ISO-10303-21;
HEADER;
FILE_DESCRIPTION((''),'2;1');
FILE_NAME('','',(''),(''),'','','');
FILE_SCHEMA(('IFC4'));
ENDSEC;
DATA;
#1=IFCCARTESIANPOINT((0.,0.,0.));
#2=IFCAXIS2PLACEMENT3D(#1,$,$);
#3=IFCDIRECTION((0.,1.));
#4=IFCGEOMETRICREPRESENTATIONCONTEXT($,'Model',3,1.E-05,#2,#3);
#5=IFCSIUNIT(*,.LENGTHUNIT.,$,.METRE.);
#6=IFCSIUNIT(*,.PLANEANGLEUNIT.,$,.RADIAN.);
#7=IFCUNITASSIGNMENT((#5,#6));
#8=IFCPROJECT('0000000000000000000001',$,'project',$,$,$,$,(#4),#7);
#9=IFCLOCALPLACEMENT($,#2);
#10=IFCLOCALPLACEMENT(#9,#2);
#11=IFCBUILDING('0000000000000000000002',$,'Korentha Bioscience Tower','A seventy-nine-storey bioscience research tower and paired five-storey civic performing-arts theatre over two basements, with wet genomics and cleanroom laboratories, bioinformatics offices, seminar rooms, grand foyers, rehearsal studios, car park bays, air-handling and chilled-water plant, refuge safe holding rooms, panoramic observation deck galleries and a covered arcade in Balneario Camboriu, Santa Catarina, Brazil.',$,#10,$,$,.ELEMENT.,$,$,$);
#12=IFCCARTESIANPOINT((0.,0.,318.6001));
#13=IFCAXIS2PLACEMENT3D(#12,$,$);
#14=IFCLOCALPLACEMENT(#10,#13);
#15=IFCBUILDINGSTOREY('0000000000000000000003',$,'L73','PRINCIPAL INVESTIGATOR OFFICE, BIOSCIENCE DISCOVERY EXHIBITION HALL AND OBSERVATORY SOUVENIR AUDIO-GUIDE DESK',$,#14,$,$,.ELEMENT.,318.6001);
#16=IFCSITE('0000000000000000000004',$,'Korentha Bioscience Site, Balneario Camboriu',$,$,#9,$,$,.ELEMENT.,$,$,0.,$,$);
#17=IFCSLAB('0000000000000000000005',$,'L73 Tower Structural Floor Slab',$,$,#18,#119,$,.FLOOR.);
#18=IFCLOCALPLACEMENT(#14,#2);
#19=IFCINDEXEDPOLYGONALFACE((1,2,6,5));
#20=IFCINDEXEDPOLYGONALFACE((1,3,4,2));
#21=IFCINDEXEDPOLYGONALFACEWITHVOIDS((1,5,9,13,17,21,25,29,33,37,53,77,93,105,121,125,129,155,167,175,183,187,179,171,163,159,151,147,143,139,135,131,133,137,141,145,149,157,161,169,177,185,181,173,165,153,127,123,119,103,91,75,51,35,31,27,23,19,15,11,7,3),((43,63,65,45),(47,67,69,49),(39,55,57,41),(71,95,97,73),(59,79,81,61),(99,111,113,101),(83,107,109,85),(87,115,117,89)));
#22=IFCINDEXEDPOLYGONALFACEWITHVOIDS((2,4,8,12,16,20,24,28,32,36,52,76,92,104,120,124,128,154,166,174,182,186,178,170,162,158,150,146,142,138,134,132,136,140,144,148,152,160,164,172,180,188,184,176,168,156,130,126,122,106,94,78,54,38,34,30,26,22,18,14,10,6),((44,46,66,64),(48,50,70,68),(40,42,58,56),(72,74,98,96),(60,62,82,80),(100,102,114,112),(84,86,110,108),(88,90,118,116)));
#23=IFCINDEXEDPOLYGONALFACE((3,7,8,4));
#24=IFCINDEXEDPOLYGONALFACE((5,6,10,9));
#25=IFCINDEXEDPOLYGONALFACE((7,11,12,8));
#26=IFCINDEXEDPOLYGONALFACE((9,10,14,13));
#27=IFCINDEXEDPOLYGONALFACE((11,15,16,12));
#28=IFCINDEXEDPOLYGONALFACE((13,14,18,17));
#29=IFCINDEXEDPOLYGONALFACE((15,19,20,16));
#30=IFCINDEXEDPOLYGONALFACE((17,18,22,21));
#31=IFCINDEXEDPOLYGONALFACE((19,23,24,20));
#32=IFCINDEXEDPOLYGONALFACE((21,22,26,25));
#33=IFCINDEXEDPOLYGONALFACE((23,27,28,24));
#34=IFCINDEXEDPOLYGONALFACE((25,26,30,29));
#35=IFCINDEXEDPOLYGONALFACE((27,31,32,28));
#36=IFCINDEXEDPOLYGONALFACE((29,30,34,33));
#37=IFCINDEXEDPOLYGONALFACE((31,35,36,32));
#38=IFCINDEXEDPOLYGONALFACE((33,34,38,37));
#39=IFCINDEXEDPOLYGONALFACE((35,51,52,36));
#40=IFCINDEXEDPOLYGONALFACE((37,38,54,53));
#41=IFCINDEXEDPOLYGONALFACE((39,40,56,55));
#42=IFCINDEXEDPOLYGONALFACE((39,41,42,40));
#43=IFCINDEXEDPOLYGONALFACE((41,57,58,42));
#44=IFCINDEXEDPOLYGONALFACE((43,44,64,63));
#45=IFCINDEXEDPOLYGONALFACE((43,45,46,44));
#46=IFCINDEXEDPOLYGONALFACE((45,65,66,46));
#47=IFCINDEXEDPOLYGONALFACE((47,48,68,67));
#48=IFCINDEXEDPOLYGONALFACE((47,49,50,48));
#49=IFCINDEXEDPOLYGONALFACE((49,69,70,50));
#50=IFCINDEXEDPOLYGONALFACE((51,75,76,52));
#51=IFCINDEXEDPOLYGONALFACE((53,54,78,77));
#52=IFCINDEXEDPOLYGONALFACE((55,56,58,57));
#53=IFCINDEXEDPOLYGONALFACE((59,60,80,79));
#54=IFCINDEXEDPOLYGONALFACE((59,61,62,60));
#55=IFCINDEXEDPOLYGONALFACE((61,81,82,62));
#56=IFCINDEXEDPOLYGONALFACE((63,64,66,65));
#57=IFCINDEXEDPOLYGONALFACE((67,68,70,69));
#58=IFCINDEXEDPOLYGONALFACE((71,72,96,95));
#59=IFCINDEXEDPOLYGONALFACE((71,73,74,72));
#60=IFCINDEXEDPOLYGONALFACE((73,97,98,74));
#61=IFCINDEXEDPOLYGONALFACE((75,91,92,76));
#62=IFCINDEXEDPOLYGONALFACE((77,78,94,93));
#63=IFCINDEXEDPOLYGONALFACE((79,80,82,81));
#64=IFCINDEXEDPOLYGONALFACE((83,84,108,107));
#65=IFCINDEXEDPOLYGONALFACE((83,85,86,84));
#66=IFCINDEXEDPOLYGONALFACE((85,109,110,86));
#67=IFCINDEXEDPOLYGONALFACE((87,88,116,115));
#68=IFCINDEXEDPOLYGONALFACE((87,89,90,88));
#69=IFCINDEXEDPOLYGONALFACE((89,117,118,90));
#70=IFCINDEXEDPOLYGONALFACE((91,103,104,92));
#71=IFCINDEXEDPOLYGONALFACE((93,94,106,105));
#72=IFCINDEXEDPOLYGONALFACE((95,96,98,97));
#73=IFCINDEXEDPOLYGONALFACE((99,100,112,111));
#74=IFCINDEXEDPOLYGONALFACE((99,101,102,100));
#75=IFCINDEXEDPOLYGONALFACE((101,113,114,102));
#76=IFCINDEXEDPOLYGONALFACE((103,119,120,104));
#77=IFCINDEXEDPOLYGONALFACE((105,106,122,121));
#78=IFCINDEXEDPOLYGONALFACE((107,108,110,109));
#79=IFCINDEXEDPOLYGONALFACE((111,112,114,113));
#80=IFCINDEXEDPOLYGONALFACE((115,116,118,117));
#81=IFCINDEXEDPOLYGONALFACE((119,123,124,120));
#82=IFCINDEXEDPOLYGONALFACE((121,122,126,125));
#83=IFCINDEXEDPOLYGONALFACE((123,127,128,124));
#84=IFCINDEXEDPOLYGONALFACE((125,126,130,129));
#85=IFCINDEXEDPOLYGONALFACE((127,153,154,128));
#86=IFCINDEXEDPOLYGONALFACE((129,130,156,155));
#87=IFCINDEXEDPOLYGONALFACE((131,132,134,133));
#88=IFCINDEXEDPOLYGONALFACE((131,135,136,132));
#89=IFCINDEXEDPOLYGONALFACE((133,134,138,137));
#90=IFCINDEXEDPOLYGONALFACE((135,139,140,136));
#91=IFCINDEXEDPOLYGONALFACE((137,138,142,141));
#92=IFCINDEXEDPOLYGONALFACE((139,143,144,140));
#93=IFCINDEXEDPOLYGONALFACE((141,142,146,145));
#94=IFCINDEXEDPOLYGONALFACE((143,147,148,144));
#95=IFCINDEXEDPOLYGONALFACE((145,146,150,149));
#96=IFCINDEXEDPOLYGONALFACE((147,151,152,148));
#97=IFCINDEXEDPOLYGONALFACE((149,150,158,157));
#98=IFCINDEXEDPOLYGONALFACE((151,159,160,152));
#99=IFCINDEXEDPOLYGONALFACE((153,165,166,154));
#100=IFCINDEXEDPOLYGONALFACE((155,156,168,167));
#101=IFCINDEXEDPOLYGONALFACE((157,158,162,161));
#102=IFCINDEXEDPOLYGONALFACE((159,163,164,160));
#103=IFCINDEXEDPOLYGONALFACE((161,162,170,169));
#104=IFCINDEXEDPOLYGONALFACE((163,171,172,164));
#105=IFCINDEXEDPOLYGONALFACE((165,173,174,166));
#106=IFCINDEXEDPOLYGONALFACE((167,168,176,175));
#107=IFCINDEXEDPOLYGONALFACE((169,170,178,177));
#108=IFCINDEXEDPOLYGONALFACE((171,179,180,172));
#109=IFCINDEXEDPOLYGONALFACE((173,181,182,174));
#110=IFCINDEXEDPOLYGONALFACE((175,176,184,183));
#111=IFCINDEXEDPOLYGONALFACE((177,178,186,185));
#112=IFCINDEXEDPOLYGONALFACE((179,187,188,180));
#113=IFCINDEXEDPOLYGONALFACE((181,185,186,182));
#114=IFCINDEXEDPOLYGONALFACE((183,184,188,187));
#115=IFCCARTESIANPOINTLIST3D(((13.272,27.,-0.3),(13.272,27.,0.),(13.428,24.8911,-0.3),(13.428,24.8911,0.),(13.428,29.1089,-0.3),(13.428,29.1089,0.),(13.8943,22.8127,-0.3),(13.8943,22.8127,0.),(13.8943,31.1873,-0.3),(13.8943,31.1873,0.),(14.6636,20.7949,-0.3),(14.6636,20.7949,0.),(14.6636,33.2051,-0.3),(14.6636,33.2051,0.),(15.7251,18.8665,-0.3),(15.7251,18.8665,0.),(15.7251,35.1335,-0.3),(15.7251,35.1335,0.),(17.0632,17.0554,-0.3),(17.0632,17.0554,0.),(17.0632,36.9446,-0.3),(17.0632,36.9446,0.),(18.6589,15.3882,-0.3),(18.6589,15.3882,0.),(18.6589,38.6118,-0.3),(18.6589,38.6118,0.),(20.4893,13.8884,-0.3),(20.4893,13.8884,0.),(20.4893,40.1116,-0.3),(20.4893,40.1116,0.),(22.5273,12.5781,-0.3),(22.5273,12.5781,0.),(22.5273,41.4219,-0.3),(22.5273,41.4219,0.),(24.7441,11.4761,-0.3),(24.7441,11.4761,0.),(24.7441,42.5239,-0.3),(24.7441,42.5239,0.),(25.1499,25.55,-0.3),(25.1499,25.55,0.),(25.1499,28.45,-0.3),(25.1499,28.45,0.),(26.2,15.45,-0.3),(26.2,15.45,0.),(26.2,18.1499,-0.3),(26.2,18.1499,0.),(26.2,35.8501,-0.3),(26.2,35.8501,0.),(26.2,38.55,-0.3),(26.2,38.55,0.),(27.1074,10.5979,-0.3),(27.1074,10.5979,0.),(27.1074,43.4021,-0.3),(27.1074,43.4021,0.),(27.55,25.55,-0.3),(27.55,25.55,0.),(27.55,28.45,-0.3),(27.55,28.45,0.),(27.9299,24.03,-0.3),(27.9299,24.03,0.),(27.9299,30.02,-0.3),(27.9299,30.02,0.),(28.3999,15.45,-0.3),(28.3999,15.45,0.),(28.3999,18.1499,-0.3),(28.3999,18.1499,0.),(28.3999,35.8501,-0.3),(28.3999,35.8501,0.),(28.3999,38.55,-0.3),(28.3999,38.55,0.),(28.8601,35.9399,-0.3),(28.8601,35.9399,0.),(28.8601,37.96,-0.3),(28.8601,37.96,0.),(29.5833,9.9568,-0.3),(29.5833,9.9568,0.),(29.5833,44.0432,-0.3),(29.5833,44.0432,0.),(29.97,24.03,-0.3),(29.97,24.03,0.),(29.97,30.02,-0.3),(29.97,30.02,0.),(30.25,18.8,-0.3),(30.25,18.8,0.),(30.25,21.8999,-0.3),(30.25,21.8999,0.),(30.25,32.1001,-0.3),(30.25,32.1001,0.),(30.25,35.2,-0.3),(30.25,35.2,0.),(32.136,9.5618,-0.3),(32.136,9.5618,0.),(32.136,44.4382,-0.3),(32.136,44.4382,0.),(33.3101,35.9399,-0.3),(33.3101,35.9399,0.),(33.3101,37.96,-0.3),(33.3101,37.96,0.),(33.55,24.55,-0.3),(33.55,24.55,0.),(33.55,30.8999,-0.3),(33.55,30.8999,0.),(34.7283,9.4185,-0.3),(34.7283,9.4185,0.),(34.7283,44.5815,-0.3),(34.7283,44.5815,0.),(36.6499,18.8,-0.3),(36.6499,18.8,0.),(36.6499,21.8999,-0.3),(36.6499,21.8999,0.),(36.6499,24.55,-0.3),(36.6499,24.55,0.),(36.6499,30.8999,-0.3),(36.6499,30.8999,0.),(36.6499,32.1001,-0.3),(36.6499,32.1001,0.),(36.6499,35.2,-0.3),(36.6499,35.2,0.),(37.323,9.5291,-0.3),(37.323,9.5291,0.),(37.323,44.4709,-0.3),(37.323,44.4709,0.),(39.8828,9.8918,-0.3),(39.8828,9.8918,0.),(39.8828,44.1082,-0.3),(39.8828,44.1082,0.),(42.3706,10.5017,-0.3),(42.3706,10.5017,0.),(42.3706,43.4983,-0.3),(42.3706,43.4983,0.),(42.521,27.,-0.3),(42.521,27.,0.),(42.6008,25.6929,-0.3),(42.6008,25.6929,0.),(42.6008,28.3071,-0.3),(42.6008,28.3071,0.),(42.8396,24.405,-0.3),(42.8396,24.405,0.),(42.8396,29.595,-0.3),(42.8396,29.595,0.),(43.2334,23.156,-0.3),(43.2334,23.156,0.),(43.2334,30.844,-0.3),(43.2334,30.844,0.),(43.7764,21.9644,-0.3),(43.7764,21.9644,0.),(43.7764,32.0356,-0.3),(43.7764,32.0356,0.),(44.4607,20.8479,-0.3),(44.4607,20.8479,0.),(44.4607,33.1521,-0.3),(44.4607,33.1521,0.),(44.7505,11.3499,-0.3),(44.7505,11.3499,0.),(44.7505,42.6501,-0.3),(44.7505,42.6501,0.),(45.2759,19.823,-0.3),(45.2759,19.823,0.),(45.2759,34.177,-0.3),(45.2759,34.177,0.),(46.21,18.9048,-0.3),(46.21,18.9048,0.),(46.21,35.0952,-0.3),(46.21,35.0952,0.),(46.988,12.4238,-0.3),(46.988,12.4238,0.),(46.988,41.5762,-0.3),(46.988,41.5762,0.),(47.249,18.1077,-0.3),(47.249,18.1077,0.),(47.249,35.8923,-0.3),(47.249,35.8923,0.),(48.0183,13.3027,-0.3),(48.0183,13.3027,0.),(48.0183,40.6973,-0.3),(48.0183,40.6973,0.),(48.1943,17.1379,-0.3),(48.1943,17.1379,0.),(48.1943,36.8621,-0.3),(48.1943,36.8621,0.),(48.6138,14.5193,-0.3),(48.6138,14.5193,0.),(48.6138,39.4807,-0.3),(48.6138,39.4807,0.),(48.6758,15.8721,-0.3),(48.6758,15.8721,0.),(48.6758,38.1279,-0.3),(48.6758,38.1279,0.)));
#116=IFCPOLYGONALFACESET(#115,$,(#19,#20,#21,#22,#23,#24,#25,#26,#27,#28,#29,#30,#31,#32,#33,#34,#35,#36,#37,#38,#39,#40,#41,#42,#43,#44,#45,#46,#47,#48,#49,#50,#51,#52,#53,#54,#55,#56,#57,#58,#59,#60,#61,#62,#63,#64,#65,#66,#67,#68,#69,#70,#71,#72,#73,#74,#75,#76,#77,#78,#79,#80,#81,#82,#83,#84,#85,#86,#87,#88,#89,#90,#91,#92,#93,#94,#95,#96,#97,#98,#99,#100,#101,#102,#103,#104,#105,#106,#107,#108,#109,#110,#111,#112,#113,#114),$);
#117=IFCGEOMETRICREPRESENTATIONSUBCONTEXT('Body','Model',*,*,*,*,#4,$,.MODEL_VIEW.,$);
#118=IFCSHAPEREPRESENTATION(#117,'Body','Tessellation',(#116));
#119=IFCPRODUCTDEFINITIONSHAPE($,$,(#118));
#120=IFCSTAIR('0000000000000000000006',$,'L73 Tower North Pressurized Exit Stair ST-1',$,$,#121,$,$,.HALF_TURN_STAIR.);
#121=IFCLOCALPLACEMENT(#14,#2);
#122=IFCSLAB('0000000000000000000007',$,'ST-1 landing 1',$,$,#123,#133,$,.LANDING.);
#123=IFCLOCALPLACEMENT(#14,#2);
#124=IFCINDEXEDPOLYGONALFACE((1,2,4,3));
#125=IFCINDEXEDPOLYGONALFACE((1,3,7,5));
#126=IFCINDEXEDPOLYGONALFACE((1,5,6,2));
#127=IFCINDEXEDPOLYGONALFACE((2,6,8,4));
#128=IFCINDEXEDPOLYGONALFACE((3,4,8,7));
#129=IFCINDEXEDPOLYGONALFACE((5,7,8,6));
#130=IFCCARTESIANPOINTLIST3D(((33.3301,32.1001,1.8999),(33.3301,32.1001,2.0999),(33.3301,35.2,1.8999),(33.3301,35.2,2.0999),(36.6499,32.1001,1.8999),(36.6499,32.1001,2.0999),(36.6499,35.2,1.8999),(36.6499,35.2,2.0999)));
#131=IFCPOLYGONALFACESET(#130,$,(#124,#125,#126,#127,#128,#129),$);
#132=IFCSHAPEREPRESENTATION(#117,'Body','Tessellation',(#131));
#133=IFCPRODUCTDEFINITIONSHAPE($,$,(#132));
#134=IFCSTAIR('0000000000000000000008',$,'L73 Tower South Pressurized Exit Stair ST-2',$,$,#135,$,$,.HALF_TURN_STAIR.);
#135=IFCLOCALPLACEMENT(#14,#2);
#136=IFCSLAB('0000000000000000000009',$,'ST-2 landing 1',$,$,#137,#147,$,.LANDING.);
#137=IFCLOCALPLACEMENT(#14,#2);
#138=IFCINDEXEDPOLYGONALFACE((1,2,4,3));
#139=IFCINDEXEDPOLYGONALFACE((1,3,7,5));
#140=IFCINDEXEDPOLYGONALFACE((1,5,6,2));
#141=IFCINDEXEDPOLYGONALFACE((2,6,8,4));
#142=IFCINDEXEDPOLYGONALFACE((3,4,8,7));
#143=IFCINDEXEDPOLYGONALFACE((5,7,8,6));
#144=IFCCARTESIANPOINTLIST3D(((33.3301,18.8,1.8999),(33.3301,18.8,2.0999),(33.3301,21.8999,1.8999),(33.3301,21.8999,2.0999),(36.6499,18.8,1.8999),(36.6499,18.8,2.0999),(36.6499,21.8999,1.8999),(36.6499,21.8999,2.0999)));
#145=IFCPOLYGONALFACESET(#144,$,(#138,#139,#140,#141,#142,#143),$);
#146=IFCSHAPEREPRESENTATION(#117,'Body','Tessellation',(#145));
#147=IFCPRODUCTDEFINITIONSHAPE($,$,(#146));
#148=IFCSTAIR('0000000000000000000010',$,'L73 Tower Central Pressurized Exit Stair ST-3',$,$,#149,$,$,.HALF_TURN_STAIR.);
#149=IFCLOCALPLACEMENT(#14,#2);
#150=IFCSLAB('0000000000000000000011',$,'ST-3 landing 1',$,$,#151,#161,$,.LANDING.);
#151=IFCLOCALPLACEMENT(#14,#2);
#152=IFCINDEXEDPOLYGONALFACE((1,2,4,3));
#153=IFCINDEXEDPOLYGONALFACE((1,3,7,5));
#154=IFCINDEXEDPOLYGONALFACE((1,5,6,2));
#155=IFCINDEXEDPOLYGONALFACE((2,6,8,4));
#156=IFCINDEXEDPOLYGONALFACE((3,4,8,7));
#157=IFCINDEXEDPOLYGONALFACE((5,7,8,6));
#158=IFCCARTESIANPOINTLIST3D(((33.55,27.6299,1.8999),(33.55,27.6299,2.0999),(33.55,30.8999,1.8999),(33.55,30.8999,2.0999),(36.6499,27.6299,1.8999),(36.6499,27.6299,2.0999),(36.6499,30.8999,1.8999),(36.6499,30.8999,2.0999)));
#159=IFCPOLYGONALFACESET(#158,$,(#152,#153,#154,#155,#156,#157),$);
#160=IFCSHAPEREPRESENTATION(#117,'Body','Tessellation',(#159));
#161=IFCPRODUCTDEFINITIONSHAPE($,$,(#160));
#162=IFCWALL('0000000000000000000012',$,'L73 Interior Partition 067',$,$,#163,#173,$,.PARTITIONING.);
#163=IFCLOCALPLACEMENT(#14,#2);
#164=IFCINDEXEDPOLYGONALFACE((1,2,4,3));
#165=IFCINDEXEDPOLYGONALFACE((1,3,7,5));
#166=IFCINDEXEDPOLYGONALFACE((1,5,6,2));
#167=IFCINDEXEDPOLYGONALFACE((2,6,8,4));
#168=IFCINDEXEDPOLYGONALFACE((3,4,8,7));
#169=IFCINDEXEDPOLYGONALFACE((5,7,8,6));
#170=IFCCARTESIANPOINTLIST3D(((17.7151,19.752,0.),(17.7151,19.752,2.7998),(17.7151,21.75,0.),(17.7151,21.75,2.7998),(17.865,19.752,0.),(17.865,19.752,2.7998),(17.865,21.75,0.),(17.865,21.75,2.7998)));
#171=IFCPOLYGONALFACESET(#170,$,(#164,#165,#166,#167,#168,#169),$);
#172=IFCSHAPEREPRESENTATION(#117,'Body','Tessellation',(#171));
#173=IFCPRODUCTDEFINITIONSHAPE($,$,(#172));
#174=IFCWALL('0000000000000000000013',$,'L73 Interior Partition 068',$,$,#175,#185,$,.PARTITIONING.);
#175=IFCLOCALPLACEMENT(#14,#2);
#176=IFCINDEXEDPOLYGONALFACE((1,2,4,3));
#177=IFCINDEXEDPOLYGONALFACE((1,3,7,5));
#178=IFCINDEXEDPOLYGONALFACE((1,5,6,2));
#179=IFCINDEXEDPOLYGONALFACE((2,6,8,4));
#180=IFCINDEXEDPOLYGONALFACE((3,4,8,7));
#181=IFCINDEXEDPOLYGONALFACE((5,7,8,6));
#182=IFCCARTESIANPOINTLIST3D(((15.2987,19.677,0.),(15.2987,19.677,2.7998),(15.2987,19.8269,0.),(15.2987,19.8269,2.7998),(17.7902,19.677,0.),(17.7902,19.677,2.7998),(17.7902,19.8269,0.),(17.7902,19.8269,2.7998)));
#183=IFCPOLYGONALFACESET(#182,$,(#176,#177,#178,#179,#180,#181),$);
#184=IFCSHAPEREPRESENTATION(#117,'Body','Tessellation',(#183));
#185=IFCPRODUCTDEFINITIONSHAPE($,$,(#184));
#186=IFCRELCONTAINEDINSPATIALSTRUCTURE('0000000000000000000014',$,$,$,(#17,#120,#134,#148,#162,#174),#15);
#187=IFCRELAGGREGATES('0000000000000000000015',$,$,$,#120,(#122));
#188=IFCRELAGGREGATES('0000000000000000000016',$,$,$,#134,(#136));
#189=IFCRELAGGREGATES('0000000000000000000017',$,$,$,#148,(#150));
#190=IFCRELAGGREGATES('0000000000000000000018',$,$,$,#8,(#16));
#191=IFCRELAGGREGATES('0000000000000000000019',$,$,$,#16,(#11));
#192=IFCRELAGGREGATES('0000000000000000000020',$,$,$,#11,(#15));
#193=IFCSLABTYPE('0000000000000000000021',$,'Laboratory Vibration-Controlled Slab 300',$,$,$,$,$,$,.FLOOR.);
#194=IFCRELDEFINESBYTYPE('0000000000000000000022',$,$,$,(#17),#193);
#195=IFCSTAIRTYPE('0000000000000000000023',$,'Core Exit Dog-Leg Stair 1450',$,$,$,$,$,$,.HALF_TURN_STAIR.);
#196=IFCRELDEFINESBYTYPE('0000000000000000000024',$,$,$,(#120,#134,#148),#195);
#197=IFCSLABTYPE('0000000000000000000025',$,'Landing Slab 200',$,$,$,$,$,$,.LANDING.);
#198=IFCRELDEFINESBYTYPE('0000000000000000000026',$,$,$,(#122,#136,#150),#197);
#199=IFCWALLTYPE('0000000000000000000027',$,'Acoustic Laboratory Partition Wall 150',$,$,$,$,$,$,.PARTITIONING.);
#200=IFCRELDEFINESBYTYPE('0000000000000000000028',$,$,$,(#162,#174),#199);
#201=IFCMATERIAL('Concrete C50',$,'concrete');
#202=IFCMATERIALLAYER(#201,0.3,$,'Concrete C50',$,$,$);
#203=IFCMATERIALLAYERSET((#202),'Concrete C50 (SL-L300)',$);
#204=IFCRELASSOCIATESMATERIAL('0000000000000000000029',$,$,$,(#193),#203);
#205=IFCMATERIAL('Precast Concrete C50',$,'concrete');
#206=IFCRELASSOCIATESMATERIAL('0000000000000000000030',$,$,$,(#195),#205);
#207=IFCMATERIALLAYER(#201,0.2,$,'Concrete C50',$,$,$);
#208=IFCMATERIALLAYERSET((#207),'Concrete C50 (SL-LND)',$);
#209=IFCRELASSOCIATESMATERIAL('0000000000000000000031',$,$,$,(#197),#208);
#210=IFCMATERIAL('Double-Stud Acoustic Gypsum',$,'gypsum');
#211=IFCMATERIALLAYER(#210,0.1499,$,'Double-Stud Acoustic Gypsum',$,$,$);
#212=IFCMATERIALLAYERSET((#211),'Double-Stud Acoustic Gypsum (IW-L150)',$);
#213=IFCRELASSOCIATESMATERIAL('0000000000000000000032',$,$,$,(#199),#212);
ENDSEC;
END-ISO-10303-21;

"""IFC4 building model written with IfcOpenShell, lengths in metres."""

from ifc_helpers import new_model, si_unit, direction, frame, frame_2d, origin, place, context, subcontext, project, spatial, polyline, rectangle, outline, extrude, material, layer, layer_set, type_object, element, aggregate, save


model = new_model("IFC4")

# Units and contexts
model_context = context("Model", 3, precision=1e-05, world=origin(), true_north=direction((0.0, 1.0)))
body_context = subcontext(model_context, "Body", "Model", "MODEL_VIEW")
ifc_project = project(units=[si_unit("LENGTHUNIT", "METRE"), si_unit("PLANEANGLEUNIT", "RADIAN")], contexts=[model_context])

# Site, building, storey
site_placement = place(None, origin())
site = spatial("IfcSite", under=ifc_project, at=site_placement, Name="Korentha Bioscience Site, Balneario Camboriu", CompositionType="ELEMENT", RefElevation=0.0)
building_placement = place(site_placement, origin())
building = spatial("IfcBuilding", under=site, at=building_placement, Name="Korentha Bioscience Tower", Description="A seventy-nine-storey bioscience research tower and paired five-storey civic performing-arts theatre over two basements, with wet genomics and cleanroom laboratories, bioinformatics offices, seminar rooms, grand foyers, rehearsal studios, car park bays, air-handling and chilled-water plant, refuge safe holding rooms, panoramic observation deck galleries and a covered arcade in Balneario Camboriu, Santa Catarina, Brazil.", CompositionType="ELEMENT")
storey_placement = place(building_placement, frame((0.0, 0.0, 318.6001)))
storey = spatial("IfcBuildingStorey", under=building, at=storey_placement, Name="L73", Description="PRINCIPAL INVESTIGATOR OFFICE, BIOSCIENCE DISCOVERY EXHIBITION HALL AND OBSERVATORY SOUVENIR AUDIO-GUIDE DESK", CompositionType="ELEMENT", Elevation=318.6001)

# Shared definitions
ifc_material_1 = material(Name="Concrete C50", Category="concrete")

# Slab
ifc_layer_1 = layer(ifc_material_1, 0.3, Name="Concrete C50")
ifc_layer_set_1 = layer_set([ifc_layer_1], Name="Concrete C50 (SL-L300)")
slab_type_1 = type_object("IfcSlabType", Name="Laboratory Vibration-Controlled Slab 300", PredefinedType="FLOOR", material=ifc_layer_set_1)
slab_1_placement = place(storey_placement, frame((0.0, 0.0, -0.3)))
element("IfcSlab", 1, at=slab_1_placement, inside=storey, type_object=slab_type_1, Name="L73 Tower Structural Floor Slab", PredefinedType="FLOOR", context=body_context, shape_type="SweptSolid", body=[
    extrude(outline(polyline([(46.988, 41.5762), (44.7505, 42.6501), (42.3706, 43.4983), (39.8828, 44.1082), (37.323, 44.4709), (34.7283, 44.5815), (32.136, 44.4382), (29.5833, 44.0432), (27.1074, 43.4021), (24.7441, 42.5239), (22.5273, 41.4219), (20.4893, 40.1116), (18.6589, 38.6118), (17.0632, 36.9446), (15.7251, 35.1335), (14.6636, 33.2051), (13.8943, 31.1873), (13.428, 29.1089), (13.272, 27.0), (13.428, 24.8911), (13.8943, 22.8127), (14.6636, 20.7949), (15.7251, 18.8665), (17.0632, 17.0554), (18.6589, 15.3882), (20.4893, 13.8884), (22.5273, 12.5781), (24.7441, 11.4761), (27.1074, 10.5979), (29.5833, 9.9568), (32.136, 9.5618), (34.7283, 9.4185), (37.323, 9.5291), (39.8828, 9.8918), (42.3706, 10.5017), (44.7505, 11.3499), (46.988, 12.4238), (48.0183, 13.3027), (48.6138, 14.5193), (48.6758, 15.8721), (48.1943, 17.1379), (47.249, 18.1077), (46.21, 18.9048), (45.2759, 19.823), (44.4607, 20.8479), (43.7764, 21.9644), (43.2334, 23.156), (42.8396, 24.405), (42.6008, 25.6929), (42.521, 27.0), (42.6008, 28.3071), (42.8396, 29.595), (43.2334, 30.844), (43.7764, 32.0356), (44.4607, 33.1521), (45.2759, 34.177), (46.21, 35.0952), (47.249, 35.8923), (48.1943, 36.8621), (48.6758, 38.1279), (48.6138, 39.4807), (48.0183, 40.6973), (46.988, 41.5762)]), holes=[polyline([(30.25, 32.1001), (36.6499, 32.1001), (36.6499, 35.2), (30.25, 35.2), (30.25, 32.1001)]), polyline([(30.25, 18.8), (36.6499, 18.8), (36.6499, 21.8999), (30.25, 21.8999), (30.25, 18.8)]), polyline([(36.6499, 24.55), (36.6499, 30.8999), (33.55, 30.8999), (33.55, 24.55), (36.6499, 24.55)]), polyline([(27.9299, 24.03), (29.97, 24.03), (29.97, 30.02), (27.9299, 30.02), (27.9299, 24.03)]), polyline([(28.8601, 35.9399), (33.3101, 35.9399), (33.3101, 37.96), (28.8601, 37.96), (28.8601, 35.9399)]), polyline([(26.2, 15.45), (28.3999, 15.45), (28.3999, 18.1499), (26.2, 18.1499), (26.2, 15.45)]), polyline([(26.2, 35.8501), (28.3999, 35.8501), (28.3999, 38.55), (26.2, 38.55), (26.2, 35.8501)]), polyline([(25.1499, 25.55), (27.55, 25.55), (27.55, 28.45), (25.1499, 28.45), (25.1499, 25.55)])]), origin(), (0.0, 0.0, 1.0), 0.3),
])

# Stairs, slabs
ifc_material_2 = material(Name="Precast Concrete C50", Category="concrete")
stair_type = type_object("IfcStairType", Name="Core Exit Dog-Leg Stair 1450", PredefinedType="HALF_TURN_STAIR", material=ifc_material_2)
stair_1_placement = place(storey_placement, origin())
stair_1 = element("IfcStair", 2, at=stair_1_placement, inside=storey, type_object=stair_type, Name="L73 Tower North Pressurized Exit Stair ST-1", PredefinedType="HALF_TURN_STAIR")
ifc_layer_2 = layer(ifc_material_1, 0.2, Name="Concrete C50")
ifc_layer_set_2 = layer_set([ifc_layer_2], Name="Concrete C50 (SL-LND)")
slab_type_2 = type_object("IfcSlabType", Name="Landing Slab 200", PredefinedType="LANDING", material=ifc_layer_set_2)
slab_2_placement = place(storey_placement, frame((0.0, 0.0, 1.8999)))
slab_2 = element("IfcSlab", 3, at=slab_2_placement, type_object=slab_type_2, Name="ST-1 landing 1", PredefinedType="LANDING", context=body_context, shape_type="SweptSolid", body=[
    extrude(outline(polyline([(33.3301, 32.1001), (36.6499, 32.1001), (36.6499, 35.2), (33.3301, 35.2), (33.3301, 32.1001)])), origin(), (0.0, 0.0, 1.0), 0.2),
])
aggregate(stair_1, [slab_2])
stair_2_placement = place(storey_placement, origin())
stair_2 = element("IfcStair", 4, at=stair_2_placement, inside=storey, type_object=stair_type, Name="L73 Tower South Pressurized Exit Stair ST-2", PredefinedType="HALF_TURN_STAIR")
slab_3_placement = place(storey_placement, frame((0.0, 0.0, 1.8999)))
slab_3 = element("IfcSlab", 5, at=slab_3_placement, type_object=slab_type_2, Name="ST-2 landing 1", PredefinedType="LANDING", context=body_context, shape_type="SweptSolid", body=[
    extrude(outline(polyline([(33.3301, 18.8), (36.6499, 18.8), (36.6499, 21.8999), (33.3301, 21.8999), (33.3301, 18.8)])), origin(), (0.0, 0.0, 1.0), 0.2),
])
aggregate(stair_2, [slab_3])
stair_3_placement = place(storey_placement, origin())
stair_3 = element("IfcStair", 6, at=stair_3_placement, inside=storey, type_object=stair_type, Name="L73 Tower Central Pressurized Exit Stair ST-3", PredefinedType="HALF_TURN_STAIR")
slab_4_placement = place(storey_placement, frame((0.0, 0.0, 1.8999)))
slab_4 = element("IfcSlab", 7, at=slab_4_placement, type_object=slab_type_2, Name="ST-3 landing 1", PredefinedType="LANDING", context=body_context, shape_type="SweptSolid", body=[
    extrude(outline(polyline([(36.6499, 27.6299), (36.6499, 30.8999), (33.55, 30.8999), (33.55, 27.6299), (36.6499, 27.6299)])), origin(), (0.0, 0.0, 1.0), 0.2),
])
aggregate(stair_3, [slab_4])

# Walls
ifc_material_3 = material(Name="Double-Stud Acoustic Gypsum", Category="gypsum")
ifc_layer_3 = layer(ifc_material_3, 0.1499, Name="Double-Stud Acoustic Gypsum")
ifc_layer_set_3 = layer_set([ifc_layer_3], Name="Double-Stud Acoustic Gypsum (IW-L150)")
wall_type_1 = type_object("IfcWallType", Name="Acoustic Laboratory Partition Wall 150", PredefinedType="PARTITIONING", material=ifc_layer_set_3)
wall_1_placement = place(storey_placement, frame((17.79, 21.75, 0.0), z_axis=(0.0, 0.0, 1.0), x_axis=(0.0, -1.0, 0.0)))
element("IfcWall", 8, at=wall_1_placement, inside=storey, type_object=wall_type_1, Name="L73 Interior Partition 067", PredefinedType="PARTITIONING", context=body_context, shape_type="SweptSolid", body=[
    extrude(rectangle(XDim=1.998, YDim=0.1499, at=frame_2d((0.999, 0.0))), origin(), (0.0, 0.0, 1.0), 2.7998),
])
wall_2_placement = place(storey_placement, frame((17.79, 19.752, 0.0), z_axis=(0.0, 0.0, 1.0), x_axis=(-1.0, 0.0, 0.0)))
element("IfcWall", 9, at=wall_2_placement, inside=storey, type_object=wall_type_1, Name="L73 Interior Partition 068", PredefinedType="PARTITIONING", context=body_context, shape_type="SweptSolid", body=[
    extrude(rectangle(XDim=2.4915, YDim=0.1499, at=frame_2d((1.2456, 0.0))), origin(), (0.0, 0.0, 1.0), 2.7998),
])

save(model, "model.ifc")
